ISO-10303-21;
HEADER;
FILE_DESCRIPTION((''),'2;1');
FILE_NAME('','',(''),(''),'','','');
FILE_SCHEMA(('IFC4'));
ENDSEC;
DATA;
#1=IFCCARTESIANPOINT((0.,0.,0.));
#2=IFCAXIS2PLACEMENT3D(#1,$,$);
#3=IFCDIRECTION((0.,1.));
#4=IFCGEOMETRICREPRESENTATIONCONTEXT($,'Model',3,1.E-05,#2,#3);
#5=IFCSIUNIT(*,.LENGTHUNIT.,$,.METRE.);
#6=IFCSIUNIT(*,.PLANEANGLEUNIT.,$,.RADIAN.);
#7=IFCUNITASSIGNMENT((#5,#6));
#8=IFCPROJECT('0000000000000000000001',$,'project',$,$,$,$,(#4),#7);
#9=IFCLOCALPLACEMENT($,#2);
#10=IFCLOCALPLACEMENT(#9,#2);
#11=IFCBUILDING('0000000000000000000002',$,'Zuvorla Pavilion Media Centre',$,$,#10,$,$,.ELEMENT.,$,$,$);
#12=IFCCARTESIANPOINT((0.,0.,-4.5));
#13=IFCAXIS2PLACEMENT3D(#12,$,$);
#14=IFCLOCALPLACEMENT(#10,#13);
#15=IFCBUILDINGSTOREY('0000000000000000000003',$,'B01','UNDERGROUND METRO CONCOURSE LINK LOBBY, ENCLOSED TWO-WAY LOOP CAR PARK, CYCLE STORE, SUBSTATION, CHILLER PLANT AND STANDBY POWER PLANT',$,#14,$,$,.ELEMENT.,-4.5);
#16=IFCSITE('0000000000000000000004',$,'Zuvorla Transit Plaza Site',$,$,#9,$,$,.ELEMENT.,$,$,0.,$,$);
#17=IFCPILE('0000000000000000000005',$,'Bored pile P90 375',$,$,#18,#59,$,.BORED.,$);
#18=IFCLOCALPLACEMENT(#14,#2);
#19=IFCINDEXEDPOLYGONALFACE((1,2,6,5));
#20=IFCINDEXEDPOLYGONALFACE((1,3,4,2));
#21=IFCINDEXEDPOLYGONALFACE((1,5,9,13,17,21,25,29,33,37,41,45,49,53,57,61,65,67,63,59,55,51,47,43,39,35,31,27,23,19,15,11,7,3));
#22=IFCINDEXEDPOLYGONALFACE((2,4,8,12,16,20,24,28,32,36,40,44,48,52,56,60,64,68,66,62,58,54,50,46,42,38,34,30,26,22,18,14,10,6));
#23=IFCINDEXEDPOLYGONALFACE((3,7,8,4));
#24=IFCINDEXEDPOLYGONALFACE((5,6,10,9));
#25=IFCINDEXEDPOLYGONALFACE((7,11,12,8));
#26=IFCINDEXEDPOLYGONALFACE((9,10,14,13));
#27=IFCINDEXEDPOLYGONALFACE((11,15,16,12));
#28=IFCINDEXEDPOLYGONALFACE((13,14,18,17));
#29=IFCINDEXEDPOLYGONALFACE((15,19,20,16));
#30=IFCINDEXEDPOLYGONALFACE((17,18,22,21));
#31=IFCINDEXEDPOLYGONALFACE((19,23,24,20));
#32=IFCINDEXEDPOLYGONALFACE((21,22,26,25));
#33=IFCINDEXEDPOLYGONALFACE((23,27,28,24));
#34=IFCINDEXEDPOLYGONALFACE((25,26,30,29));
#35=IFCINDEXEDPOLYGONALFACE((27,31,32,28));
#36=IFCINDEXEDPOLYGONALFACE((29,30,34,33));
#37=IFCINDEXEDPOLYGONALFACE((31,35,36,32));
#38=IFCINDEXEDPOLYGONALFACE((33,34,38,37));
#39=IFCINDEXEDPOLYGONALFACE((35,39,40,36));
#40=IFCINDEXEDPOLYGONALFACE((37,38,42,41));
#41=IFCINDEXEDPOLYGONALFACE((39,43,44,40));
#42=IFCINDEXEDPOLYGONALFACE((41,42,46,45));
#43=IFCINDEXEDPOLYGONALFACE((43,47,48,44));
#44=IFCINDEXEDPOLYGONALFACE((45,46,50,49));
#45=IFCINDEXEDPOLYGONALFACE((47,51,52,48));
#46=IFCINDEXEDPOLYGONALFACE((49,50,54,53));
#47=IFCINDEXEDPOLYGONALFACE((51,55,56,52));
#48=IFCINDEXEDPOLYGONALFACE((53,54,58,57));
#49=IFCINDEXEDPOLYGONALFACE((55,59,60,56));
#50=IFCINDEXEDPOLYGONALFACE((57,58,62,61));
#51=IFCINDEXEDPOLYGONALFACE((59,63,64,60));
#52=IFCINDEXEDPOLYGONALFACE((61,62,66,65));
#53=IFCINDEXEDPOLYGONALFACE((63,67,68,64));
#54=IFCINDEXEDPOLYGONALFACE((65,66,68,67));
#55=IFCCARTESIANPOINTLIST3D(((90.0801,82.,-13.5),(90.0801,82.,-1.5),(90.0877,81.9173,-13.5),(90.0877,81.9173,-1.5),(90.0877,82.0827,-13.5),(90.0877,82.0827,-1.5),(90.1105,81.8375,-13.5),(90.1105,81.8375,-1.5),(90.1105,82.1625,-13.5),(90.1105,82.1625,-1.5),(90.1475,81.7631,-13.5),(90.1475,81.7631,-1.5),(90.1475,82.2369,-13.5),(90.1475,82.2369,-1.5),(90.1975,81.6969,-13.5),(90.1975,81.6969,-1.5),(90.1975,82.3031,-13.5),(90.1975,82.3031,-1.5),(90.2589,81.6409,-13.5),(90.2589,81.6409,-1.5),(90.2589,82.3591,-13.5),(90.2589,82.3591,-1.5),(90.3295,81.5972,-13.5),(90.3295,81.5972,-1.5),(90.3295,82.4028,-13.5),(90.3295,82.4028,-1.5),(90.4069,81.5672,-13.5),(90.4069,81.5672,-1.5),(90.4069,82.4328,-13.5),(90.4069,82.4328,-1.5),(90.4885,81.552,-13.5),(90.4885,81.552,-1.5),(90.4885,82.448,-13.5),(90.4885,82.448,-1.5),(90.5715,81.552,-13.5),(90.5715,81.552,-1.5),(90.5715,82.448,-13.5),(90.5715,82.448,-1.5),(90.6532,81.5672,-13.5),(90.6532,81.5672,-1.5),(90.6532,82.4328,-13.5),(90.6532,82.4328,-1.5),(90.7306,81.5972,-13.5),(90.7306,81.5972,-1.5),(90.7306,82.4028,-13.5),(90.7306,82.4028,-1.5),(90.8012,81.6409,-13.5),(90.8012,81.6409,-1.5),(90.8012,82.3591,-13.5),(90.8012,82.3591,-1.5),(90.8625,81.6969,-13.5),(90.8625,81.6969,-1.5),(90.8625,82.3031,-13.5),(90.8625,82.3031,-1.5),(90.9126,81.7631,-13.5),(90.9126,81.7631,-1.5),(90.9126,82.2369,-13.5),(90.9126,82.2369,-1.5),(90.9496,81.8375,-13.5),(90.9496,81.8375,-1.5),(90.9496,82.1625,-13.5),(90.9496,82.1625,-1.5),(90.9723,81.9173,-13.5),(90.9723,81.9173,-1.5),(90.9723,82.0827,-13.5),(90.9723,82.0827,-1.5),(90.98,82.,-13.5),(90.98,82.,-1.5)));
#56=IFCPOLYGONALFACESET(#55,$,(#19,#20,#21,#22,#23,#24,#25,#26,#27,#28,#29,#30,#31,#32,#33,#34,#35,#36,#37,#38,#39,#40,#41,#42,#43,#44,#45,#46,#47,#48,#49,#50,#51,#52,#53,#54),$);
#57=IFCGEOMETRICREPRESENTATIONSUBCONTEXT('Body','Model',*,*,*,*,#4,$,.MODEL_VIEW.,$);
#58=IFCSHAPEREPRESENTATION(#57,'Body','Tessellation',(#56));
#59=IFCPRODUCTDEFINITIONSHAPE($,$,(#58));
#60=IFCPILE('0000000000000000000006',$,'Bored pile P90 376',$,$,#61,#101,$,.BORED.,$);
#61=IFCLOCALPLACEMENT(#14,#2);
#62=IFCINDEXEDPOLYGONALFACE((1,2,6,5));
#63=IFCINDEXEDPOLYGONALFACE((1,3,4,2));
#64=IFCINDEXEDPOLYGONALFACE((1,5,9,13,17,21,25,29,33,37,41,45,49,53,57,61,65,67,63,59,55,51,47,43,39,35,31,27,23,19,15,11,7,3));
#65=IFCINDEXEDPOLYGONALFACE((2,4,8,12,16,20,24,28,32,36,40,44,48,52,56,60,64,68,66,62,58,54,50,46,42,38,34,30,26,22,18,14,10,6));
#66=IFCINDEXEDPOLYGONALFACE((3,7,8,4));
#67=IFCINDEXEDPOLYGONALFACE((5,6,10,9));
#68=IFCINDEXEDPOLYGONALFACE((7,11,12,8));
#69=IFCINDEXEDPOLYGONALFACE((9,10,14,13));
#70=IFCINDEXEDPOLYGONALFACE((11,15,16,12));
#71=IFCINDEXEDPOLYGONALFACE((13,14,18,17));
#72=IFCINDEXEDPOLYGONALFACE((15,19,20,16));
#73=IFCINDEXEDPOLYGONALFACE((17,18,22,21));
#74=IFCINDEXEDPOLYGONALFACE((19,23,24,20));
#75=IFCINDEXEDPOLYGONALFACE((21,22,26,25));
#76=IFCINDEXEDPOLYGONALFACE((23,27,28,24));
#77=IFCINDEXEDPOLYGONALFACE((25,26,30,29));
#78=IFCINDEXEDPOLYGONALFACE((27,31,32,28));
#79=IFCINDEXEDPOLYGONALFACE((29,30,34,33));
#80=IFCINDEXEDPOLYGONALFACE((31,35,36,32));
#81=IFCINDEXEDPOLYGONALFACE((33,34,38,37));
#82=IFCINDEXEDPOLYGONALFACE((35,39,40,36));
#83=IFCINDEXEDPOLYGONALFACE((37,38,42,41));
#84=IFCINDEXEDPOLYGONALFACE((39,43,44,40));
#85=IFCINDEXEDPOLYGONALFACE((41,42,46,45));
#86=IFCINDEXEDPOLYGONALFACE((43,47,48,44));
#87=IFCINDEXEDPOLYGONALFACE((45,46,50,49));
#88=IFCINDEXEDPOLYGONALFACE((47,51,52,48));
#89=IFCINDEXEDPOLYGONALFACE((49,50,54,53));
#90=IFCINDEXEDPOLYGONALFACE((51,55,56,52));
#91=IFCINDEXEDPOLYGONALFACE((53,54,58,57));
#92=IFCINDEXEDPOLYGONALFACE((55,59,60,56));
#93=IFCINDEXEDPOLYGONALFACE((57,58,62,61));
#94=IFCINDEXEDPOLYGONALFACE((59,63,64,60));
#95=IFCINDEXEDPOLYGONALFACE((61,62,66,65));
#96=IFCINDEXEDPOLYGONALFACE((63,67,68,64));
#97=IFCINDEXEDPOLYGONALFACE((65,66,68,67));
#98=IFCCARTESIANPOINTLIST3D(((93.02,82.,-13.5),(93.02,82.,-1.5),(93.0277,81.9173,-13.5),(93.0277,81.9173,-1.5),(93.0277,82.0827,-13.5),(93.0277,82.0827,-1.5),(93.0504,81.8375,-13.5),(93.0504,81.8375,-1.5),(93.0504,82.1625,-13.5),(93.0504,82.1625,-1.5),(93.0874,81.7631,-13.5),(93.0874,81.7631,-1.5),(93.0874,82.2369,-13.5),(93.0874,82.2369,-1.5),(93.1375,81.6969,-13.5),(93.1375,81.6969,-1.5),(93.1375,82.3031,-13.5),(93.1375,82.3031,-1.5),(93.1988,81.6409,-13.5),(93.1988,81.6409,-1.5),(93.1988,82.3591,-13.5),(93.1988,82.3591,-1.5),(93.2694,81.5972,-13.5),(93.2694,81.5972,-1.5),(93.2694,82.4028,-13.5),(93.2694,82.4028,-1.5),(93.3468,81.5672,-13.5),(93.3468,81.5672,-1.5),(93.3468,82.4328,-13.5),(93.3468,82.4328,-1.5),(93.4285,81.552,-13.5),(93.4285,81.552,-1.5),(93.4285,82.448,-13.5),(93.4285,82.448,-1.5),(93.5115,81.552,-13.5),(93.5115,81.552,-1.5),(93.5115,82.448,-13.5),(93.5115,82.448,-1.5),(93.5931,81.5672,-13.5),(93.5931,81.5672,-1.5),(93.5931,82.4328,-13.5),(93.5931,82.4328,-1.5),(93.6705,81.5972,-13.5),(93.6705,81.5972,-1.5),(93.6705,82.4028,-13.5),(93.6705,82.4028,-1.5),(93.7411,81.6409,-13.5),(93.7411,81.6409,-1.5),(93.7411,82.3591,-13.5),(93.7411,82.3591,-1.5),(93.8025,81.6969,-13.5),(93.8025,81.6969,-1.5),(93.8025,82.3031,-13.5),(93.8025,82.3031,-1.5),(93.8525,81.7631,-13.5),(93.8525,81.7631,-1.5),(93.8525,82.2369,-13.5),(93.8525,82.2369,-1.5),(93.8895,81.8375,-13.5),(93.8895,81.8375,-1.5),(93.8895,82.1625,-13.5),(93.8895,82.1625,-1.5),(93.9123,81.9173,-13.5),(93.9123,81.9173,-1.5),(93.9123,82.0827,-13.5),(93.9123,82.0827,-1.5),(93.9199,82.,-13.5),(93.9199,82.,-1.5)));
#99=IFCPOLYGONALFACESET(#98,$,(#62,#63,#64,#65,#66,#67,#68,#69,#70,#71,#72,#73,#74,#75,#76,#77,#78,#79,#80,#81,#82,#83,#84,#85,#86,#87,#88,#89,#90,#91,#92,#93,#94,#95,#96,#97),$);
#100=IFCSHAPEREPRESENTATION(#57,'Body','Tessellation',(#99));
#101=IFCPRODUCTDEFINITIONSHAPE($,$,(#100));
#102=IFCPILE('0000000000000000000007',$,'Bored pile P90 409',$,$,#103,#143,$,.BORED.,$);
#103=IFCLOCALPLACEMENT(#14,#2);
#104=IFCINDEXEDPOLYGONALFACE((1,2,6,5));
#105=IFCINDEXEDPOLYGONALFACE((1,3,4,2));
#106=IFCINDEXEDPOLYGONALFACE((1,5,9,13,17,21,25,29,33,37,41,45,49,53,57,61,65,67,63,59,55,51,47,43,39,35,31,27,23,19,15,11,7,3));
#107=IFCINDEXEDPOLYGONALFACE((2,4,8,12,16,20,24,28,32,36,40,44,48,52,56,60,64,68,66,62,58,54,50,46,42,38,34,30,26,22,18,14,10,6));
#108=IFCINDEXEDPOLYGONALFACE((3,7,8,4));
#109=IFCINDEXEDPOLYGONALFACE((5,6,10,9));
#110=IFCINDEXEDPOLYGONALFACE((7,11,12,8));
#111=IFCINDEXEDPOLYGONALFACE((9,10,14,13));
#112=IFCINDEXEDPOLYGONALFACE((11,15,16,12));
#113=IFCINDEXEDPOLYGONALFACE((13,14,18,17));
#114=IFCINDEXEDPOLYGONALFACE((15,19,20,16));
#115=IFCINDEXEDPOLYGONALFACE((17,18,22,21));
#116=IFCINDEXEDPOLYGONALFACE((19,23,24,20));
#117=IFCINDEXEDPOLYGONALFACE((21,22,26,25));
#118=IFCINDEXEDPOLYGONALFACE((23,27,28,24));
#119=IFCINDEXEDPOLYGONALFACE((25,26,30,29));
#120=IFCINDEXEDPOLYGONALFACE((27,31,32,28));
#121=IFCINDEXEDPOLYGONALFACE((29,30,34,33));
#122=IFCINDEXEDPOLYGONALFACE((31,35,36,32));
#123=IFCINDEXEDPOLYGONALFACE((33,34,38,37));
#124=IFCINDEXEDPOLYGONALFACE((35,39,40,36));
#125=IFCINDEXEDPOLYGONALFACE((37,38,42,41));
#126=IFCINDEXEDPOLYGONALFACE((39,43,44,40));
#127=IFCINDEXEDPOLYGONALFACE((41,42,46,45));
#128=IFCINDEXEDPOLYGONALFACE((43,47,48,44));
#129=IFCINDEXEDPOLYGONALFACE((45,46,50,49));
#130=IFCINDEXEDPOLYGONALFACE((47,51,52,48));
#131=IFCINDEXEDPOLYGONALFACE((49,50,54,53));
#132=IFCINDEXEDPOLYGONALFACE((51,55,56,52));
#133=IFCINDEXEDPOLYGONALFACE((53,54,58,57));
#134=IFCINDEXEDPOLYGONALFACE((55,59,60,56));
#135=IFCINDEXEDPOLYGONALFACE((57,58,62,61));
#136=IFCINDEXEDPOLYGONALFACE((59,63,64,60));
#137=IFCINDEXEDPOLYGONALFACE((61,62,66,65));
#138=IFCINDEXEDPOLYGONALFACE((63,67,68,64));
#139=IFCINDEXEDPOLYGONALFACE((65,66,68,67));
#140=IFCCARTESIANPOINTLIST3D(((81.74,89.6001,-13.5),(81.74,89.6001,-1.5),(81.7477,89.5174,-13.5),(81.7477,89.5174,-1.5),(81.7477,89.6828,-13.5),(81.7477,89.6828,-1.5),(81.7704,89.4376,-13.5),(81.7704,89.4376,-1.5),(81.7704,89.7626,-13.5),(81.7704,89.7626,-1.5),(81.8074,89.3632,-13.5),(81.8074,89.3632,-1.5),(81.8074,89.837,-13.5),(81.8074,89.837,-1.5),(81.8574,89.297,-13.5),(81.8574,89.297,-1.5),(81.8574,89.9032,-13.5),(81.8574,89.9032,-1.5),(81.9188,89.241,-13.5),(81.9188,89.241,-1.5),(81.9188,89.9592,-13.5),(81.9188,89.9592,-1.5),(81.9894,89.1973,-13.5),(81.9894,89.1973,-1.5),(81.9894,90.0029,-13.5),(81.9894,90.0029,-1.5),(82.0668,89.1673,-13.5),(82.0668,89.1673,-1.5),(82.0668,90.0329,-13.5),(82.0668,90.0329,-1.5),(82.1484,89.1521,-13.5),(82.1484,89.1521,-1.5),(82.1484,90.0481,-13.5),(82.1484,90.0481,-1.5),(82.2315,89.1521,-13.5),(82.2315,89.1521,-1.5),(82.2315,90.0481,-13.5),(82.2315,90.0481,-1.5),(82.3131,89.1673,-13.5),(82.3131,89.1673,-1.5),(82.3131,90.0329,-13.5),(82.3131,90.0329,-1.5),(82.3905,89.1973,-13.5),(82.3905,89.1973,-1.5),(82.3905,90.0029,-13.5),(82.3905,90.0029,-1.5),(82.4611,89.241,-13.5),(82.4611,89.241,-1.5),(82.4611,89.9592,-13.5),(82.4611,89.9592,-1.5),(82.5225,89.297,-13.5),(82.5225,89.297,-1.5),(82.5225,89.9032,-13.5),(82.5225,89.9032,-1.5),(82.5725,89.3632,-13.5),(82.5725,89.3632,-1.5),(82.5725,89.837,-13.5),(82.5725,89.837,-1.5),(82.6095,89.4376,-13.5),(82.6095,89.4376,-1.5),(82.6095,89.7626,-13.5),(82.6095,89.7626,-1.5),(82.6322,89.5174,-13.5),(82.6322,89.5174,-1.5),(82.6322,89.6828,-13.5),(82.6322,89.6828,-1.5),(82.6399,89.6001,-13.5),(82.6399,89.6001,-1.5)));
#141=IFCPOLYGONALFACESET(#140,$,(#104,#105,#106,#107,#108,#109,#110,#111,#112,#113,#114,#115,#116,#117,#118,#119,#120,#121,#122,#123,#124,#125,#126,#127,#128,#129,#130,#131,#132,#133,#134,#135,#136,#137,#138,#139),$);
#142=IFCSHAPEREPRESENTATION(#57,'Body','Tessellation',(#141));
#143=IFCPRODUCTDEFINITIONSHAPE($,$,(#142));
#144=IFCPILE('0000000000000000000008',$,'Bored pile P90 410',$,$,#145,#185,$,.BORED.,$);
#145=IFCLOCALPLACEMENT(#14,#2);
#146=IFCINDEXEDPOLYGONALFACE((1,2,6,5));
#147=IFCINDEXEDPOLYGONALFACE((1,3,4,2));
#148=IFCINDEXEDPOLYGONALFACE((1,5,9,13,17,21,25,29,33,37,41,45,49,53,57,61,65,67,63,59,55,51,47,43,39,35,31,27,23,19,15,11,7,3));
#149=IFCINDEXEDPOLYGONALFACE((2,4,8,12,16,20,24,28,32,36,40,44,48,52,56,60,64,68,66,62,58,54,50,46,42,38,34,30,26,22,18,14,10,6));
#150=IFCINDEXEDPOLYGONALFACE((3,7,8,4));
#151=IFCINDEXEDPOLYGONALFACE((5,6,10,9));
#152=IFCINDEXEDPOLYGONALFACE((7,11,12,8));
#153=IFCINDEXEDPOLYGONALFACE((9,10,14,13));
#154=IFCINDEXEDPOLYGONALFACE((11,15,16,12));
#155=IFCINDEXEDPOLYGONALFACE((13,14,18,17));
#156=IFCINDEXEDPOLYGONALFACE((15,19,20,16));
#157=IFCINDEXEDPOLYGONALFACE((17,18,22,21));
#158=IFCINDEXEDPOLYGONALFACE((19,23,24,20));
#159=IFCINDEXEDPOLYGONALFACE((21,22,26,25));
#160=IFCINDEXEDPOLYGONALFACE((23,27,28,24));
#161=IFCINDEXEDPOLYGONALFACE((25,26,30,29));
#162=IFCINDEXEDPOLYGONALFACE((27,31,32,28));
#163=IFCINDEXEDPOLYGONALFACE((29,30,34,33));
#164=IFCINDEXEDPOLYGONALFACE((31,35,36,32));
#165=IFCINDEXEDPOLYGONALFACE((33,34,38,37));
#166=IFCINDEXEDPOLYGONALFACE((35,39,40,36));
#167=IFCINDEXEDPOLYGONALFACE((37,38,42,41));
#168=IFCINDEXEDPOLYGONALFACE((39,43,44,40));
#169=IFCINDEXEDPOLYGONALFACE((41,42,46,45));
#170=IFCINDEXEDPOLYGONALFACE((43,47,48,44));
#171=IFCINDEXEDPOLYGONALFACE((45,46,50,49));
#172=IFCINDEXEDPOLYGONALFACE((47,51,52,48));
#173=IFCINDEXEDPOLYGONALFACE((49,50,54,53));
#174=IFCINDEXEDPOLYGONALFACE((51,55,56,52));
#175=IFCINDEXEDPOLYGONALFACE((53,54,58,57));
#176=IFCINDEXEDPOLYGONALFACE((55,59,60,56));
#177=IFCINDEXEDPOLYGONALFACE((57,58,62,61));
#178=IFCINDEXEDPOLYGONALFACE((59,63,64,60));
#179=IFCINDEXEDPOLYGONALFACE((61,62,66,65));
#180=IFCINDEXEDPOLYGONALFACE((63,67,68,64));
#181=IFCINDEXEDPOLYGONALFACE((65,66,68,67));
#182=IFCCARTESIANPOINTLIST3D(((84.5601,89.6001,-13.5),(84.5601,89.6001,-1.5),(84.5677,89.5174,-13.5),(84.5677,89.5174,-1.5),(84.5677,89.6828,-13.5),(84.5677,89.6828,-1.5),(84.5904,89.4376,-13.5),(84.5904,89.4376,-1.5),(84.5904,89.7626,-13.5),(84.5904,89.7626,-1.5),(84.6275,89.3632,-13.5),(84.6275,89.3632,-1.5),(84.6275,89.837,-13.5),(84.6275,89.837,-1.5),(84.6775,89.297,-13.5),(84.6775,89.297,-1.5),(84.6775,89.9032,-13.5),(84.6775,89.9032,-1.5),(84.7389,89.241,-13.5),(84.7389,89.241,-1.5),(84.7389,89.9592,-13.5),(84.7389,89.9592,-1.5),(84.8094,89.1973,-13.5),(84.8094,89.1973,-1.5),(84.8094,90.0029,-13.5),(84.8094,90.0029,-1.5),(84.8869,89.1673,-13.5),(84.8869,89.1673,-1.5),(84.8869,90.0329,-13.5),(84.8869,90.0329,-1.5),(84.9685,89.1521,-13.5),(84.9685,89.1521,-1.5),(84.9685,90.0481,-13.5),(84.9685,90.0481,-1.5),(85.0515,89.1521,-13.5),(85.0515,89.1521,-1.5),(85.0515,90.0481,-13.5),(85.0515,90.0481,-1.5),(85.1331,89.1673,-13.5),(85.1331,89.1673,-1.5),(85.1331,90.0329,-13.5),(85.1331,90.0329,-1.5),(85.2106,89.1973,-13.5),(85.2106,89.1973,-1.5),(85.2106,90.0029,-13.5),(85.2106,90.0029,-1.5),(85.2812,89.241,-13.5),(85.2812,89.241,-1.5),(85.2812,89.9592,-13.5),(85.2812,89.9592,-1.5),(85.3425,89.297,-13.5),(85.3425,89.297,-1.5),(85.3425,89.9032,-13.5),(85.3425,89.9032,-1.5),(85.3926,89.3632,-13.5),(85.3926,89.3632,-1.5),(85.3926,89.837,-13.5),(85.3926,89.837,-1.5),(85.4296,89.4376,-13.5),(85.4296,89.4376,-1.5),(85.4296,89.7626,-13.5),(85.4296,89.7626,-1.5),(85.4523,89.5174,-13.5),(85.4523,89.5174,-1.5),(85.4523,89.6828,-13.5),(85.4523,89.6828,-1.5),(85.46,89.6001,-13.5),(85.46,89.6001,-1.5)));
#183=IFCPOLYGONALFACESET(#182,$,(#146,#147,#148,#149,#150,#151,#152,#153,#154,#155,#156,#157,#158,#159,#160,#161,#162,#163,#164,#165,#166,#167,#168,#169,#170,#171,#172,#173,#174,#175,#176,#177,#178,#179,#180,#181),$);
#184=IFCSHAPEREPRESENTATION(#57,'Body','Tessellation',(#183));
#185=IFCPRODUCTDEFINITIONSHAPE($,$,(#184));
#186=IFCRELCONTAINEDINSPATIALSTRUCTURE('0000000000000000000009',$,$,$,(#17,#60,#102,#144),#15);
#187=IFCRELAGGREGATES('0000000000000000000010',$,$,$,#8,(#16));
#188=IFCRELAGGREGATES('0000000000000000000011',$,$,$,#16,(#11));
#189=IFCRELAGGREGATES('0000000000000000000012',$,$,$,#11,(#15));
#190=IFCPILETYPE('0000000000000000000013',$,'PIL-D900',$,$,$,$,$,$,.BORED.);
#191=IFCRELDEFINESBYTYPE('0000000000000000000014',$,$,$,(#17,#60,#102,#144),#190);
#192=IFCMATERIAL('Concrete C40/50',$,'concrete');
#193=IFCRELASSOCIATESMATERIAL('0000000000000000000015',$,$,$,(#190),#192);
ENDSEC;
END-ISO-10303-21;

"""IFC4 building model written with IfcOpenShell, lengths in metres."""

from ifc_helpers import new_model, si_unit, direction, frame, origin, origin_2d, place, context, subcontext, project, spatial, circle, extrude, material, material_profile, profile_set, type_object, element, save


model = new_model("IFC4")

# Units and contexts
model_context = context("Model", 3, precision=1e-05, world=origin(), true_north=direction((0.0, 1.0)))
body_context = subcontext(model_context, "Body", "Model", "MODEL_VIEW")
ifc_project = project(units=[si_unit("LENGTHUNIT", "METRE"), si_unit("PLANEANGLEUNIT", "RADIAN")], contexts=[model_context])

# Site, building, storey
site_placement = place(None, origin())
site = spatial("IfcSite", under=ifc_project, at=site_placement, Name="Zuvorla Transit Plaza Site", CompositionType="ELEMENT", RefElevation=0.0)
building_placement = place(site_placement, origin())
building = spatial("IfcBuilding", under=site, at=building_placement, Name="Zuvorla Pavilion Media Centre", CompositionType="ELEMENT")
storey_placement = place(building_placement, frame((0.0, 0.0, -4.5)))
storey = spatial("IfcBuildingStorey", under=building, at=storey_placement, Name="B01", Description="UNDERGROUND METRO CONCOURSE LINK LOBBY, ENCLOSED TWO-WAY LOOP CAR PARK, CYCLE STORE, SUBSTATION, CHILLER PLANT AND STANDBY POWER PLANT", CompositionType="ELEMENT", Elevation=-4.5)

# Shared definitions
ifc_material = material(Name="Concrete C40/50", Category="concrete")

# Piles
ifc_material_profile_1 = material_profile(ifc_material, circle(Radius=0.45, at=origin_2d()), Name="BORED PILE 900")
ifc_profile_set_1 = profile_set([ifc_material_profile_1], Name="Concrete C40/50")
pile_type = type_object("IfcPileType", Name="PIL-D900", PredefinedType="BORED", material=ifc_profile_set_1)
for number, where, z_axis, x_axis, name in (
    (1, (90.53, 82.0, -1.5), (0.0, 0.0, -1.0), (1.0, 0.0, 0.0), "Bored pile P90 375"),
    (2, (93.47, 82.0, -1.5), (0.0, 0.0, -1.0), (1.0, 0.0, 0.0), "Bored pile P90 376"),
    (3, (82.1899, 89.6001, -1.5), (0.0, 0.0, -1.0), (1.0, 0.0, 0.0), "Bored pile P90 409"),
    (4, (85.01, 89.6001, -1.5), (0.0, 0.0, -1.0), (1.0, 0.0, 0.0), "Bored pile P90 410"),
):
    element("IfcPile", number, at=place(storey_placement, frame(where, z_axis=z_axis, x_axis=x_axis)), inside=storey, type_object=pile_type, Name=name, PredefinedType="BORED", context=body_context, shape_type="SweptSolid", body=[
        extrude(circle(Radius=0.45, at=origin_2d()), origin(), (0.0, 0.0, 1.0), 12.0),
    ])

save(model, "model.ifc")
